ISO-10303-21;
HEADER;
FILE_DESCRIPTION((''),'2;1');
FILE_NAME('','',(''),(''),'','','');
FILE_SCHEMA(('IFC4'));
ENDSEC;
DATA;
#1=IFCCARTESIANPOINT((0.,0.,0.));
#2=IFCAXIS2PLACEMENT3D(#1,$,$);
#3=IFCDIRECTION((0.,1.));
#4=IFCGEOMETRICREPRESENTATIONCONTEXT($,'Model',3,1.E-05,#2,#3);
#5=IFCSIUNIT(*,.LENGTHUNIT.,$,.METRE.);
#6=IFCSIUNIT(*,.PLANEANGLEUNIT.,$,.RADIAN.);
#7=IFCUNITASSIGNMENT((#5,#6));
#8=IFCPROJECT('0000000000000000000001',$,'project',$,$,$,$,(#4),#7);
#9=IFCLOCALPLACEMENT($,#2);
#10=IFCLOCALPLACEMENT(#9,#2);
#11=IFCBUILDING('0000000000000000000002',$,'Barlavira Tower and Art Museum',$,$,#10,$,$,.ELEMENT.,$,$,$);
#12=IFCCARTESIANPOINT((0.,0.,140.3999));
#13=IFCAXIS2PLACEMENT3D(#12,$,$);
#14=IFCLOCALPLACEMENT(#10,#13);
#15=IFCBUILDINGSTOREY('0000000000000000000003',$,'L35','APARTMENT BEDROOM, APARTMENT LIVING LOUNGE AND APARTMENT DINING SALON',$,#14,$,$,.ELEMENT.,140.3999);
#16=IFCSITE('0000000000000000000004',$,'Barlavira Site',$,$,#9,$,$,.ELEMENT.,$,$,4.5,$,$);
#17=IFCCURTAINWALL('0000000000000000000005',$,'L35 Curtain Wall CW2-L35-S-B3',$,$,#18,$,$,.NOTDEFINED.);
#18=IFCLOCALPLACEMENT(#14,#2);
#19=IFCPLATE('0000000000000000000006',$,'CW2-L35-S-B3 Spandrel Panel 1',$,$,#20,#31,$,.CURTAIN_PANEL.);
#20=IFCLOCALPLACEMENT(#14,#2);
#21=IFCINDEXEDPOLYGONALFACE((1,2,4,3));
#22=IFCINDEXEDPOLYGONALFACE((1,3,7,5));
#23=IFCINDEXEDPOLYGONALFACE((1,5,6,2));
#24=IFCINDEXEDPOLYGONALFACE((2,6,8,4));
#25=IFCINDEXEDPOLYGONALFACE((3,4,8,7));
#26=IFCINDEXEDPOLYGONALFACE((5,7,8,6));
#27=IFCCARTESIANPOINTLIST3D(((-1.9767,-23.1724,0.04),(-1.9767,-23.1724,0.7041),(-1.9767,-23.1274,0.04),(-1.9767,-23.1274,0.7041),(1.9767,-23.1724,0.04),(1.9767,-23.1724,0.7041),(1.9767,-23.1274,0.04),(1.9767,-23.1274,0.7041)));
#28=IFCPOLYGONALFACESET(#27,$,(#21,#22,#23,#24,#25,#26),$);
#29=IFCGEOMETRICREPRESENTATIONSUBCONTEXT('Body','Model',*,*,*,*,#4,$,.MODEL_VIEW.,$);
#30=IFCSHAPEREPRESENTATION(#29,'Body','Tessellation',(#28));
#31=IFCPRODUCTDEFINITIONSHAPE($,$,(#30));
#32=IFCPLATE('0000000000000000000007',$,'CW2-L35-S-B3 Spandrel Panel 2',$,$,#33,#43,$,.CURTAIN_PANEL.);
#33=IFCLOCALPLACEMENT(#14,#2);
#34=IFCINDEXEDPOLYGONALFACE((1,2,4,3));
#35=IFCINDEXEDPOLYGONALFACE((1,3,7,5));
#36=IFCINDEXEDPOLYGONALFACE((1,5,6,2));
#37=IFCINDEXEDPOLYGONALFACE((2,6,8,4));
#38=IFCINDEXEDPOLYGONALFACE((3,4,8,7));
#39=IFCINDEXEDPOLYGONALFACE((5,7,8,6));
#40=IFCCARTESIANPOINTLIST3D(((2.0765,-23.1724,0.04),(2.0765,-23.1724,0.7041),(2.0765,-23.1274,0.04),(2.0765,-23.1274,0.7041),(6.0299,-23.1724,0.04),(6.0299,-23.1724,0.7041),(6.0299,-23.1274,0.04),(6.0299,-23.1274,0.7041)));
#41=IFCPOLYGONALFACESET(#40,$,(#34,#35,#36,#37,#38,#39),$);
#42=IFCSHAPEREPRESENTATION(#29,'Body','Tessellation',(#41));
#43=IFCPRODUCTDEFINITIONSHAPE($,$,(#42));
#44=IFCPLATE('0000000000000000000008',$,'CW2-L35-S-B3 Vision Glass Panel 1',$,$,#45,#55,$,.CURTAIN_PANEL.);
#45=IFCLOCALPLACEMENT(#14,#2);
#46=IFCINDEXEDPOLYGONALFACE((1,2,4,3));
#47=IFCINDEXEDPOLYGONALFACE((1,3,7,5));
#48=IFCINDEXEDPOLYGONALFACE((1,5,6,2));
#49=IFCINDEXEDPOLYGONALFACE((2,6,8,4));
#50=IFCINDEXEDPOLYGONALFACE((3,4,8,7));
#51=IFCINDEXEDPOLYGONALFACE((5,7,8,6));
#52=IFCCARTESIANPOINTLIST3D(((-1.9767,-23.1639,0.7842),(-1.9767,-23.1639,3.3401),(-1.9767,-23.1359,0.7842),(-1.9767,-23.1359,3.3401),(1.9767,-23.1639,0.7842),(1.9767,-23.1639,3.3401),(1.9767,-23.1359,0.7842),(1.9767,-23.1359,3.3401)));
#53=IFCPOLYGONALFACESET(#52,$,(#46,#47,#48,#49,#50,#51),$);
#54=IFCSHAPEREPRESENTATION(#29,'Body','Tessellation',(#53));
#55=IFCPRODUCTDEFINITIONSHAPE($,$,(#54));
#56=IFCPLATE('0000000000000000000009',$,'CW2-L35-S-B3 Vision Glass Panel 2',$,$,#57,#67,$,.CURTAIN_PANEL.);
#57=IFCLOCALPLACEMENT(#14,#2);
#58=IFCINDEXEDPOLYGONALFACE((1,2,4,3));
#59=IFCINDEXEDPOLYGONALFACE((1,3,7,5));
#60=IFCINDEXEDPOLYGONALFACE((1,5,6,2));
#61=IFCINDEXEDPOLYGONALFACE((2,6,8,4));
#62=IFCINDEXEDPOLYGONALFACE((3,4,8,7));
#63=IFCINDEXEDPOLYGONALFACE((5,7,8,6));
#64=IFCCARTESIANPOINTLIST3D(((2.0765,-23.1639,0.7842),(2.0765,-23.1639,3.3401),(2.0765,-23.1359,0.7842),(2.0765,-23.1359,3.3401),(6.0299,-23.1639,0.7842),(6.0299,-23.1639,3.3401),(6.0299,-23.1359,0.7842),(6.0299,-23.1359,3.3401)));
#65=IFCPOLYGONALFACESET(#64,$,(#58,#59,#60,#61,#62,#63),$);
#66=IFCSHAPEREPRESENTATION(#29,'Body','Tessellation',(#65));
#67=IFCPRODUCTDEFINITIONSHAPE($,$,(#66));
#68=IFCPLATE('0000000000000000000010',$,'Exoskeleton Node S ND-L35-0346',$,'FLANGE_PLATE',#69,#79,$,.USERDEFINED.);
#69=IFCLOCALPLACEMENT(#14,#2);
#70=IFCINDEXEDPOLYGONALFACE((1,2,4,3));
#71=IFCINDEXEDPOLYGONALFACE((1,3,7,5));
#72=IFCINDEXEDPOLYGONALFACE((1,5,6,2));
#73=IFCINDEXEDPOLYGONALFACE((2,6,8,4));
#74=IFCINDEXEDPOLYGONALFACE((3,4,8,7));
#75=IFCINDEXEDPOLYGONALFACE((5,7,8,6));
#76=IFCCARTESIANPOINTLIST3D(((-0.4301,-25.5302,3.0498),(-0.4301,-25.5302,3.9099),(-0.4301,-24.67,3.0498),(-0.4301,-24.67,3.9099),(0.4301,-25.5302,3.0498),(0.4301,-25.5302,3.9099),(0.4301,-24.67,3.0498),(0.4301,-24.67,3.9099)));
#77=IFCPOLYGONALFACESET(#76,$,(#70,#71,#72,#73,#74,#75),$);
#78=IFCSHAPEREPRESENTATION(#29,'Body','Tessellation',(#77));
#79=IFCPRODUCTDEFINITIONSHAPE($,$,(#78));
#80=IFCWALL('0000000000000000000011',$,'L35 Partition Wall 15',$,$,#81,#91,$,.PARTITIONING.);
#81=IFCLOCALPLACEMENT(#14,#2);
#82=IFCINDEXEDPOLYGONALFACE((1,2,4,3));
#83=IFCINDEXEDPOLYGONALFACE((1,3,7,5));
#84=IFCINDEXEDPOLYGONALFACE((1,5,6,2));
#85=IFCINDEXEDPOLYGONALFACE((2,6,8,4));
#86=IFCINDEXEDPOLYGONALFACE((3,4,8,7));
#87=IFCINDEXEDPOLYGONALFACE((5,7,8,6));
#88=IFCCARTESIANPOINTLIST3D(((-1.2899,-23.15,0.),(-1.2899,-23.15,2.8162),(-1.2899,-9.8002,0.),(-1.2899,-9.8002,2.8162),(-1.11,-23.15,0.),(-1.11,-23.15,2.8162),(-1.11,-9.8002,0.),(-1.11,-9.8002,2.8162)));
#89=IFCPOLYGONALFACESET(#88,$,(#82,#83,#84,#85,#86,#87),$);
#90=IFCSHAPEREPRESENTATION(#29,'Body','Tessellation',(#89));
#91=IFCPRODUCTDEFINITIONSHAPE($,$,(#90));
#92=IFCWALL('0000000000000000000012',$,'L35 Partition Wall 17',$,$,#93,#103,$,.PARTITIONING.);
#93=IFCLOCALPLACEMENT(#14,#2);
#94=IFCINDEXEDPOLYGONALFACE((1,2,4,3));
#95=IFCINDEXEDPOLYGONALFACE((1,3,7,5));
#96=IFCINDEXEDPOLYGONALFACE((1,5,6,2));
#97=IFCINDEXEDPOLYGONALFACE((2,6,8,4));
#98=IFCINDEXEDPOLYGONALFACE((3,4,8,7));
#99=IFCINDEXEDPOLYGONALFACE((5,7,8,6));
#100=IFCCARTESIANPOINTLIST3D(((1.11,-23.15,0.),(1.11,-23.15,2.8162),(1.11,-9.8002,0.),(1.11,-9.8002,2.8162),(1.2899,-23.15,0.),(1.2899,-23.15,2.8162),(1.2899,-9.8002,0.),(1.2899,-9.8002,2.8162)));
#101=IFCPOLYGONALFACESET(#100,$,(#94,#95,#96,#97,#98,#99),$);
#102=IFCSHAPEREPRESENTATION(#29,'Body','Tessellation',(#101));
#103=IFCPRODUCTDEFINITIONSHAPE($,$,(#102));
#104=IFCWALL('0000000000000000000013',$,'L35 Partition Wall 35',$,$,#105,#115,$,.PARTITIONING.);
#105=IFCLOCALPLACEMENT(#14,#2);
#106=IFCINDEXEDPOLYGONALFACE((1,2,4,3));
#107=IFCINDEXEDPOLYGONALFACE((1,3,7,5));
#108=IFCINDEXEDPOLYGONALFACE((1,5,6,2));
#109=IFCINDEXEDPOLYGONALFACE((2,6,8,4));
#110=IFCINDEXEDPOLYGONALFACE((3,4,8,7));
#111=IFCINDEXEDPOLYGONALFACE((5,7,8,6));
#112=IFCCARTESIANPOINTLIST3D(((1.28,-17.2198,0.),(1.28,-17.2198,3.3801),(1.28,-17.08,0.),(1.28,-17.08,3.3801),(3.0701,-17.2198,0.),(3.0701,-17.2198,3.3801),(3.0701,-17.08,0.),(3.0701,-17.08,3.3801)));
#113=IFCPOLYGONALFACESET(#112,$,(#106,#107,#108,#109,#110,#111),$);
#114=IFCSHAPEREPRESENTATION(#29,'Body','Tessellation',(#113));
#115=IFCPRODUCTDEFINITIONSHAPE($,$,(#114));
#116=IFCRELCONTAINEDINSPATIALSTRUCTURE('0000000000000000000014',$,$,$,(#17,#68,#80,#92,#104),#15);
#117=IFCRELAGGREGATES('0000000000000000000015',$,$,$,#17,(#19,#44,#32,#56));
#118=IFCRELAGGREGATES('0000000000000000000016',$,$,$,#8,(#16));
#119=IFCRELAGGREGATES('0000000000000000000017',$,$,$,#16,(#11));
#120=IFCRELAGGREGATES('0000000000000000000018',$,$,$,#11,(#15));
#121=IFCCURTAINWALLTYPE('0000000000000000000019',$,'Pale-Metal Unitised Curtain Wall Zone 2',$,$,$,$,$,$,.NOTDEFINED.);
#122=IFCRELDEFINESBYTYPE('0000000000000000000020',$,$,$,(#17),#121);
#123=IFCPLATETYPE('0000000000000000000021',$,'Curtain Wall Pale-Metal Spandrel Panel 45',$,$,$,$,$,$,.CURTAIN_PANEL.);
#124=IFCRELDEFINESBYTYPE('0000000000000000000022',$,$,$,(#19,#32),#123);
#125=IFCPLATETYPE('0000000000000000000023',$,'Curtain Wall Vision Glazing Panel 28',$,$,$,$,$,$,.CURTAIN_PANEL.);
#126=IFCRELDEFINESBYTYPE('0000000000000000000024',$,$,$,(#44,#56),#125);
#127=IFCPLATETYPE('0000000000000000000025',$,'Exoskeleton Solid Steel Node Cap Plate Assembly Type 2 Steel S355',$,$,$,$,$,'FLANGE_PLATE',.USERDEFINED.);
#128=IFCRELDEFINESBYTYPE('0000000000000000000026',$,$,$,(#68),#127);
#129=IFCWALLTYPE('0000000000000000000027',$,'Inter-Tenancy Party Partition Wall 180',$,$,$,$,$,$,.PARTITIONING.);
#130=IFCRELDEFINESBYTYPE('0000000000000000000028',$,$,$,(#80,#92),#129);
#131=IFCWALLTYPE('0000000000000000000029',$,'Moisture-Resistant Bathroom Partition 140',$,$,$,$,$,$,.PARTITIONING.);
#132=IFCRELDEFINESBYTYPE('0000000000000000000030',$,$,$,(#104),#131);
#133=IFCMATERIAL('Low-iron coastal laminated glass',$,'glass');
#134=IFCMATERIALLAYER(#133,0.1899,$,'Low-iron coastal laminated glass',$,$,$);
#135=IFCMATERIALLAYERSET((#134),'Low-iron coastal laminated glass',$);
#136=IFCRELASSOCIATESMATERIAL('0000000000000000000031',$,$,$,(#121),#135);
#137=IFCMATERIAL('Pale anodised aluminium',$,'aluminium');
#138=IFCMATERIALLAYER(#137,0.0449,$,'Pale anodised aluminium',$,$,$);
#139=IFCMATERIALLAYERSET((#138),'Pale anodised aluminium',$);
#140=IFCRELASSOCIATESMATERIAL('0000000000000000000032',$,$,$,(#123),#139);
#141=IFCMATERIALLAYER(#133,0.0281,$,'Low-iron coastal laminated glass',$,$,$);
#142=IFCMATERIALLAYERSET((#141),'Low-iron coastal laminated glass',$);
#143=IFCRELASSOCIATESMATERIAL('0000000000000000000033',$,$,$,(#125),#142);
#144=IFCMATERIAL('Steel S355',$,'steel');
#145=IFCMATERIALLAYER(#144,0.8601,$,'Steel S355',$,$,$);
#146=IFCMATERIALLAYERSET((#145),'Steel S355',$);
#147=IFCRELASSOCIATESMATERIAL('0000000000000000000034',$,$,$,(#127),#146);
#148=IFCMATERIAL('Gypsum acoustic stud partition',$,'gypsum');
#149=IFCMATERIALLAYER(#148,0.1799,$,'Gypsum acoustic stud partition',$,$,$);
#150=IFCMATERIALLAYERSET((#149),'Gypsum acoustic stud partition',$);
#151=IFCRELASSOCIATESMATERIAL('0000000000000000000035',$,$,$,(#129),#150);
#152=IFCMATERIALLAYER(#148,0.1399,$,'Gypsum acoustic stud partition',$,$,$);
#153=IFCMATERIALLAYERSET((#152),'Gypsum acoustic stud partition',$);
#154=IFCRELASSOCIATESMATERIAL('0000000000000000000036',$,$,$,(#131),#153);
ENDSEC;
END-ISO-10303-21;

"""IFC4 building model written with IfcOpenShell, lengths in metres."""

from ifc_helpers import new_model, si_unit, direction, frame, frame_2d, origin, origin_2d, place, context, subcontext, project, spatial, rectangle, extrude, material, layer, layer_set, type_object, element, aggregate, save


model = new_model("IFC4")

# Units and contexts
model_context = context("Model", 3, precision=1e-05, world=origin(), true_north=direction((0.0, 1.0)))
body_context = subcontext(model_context, "Body", "Model", "MODEL_VIEW")
ifc_project = project(units=[si_unit("LENGTHUNIT", "METRE"), si_unit("PLANEANGLEUNIT", "RADIAN")], contexts=[model_context])

# Site, building, storey
site_placement = place(None, origin())
site = spatial("IfcSite", under=ifc_project, at=site_placement, Name="Barlavira Site", CompositionType="ELEMENT", RefElevation=4.5)
building_placement = place(site_placement, origin())
building = spatial("IfcBuilding", under=site, at=building_placement, Name="Barlavira Tower and Art Museum", CompositionType="ELEMENT")
storey_placement = place(building_placement, frame((0.0, 0.0, 140.3999)))
storey = spatial("IfcBuildingStorey", under=building, at=storey_placement, Name="L35", Description="APARTMENT BEDROOM, APARTMENT LIVING LOUNGE AND APARTMENT DINING SALON", CompositionType="ELEMENT", Elevation=140.3999)

# Curtain wall
ifc_material_1 = material(Name="Low-iron coastal laminated glass", Category="glass")
ifc_layer_1 = layer(ifc_material_1, 0.1899, Name="Low-iron coastal laminated glass")
ifc_layer_set_1 = layer_set([ifc_layer_1], Name="Low-iron coastal laminated glass")
curtain_wall_type = type_object("IfcCurtainWallType", Name="Pale-Metal Unitised Curtain Wall Zone 2", PredefinedType="NOTDEFINED", material=ifc_layer_set_1)
curtain_wall_placement = place(storey_placement, origin())
curtain_wall = element("IfcCurtainWall", 1, at=curtain_wall_placement, inside=storey, type_object=curtain_wall_type, Name="L35 Curtain Wall CW2-L35-S-B3", PredefinedType="NOTDEFINED")
ifc_material_2 = material(Name="Pale anodised aluminium", Category="aluminium")

# Shared definitions
ifc_material_3 = material(Name="Steel S355", Category="steel")

# Plates
ifc_layer_2 = layer(ifc_material_2, 0.0449, Name="Pale anodised aluminium")
ifc_layer_set_2 = layer_set([ifc_layer_2], Name="Pale anodised aluminium")
plate_type_1 = type_object("IfcPlateType", Name="Curtain Wall Pale-Metal Spandrel Panel 45", PredefinedType="CURTAIN_PANEL", material=ifc_layer_set_2)
plate_1_placement = place(storey_placement, frame((0.0, -23.1499, 0.04), z_axis=(0.0, 0.0, 1.0), x_axis=(1.0, 0.0, 0.0)))
plate_1 = element("IfcPlate", 2, at=plate_1_placement, type_object=plate_type_1, Name="CW2-L35-S-B3 Spandrel Panel 1", PredefinedType="CURTAIN_PANEL", context=body_context, shape_type="SweptSolid", body=[
    extrude(rectangle(XDim=3.9534, YDim=0.0449, at=origin_2d()), origin(), (0.0, 0.0, 1.0), 0.6641),
])
plate_2_placement = place(storey_placement, frame((4.0532, -23.1499, 0.04), z_axis=(0.0, 0.0, 1.0), x_axis=(1.0, 0.0, 0.0)))
plate_2 = element("IfcPlate", 3, at=plate_2_placement, type_object=plate_type_1, Name="CW2-L35-S-B3 Spandrel Panel 2", PredefinedType="CURTAIN_PANEL", context=body_context, shape_type="SweptSolid", body=[
    extrude(rectangle(XDim=3.9534, YDim=0.0449, at=origin_2d()), origin(), (0.0, 0.0, 1.0), 0.6641),
])
ifc_layer_3 = layer(ifc_material_1, 0.0281, Name="Low-iron coastal laminated glass")
ifc_layer_set_3 = layer_set([ifc_layer_3], Name="Low-iron coastal laminated glass")
plate_type_2 = type_object("IfcPlateType", Name="Curtain Wall Vision Glazing Panel 28", PredefinedType="CURTAIN_PANEL", material=ifc_layer_set_3)
plate_3_placement = place(storey_placement, frame((0.0, -23.1499, 0.7842), z_axis=(0.0, 0.0, 1.0), x_axis=(1.0, 0.0, 0.0)))
plate_3 = element("IfcPlate", 4, at=plate_3_placement, type_object=plate_type_2, Name="CW2-L35-S-B3 Vision Glass Panel 1", PredefinedType="CURTAIN_PANEL", context=body_context, shape_type="SweptSolid", body=[
    extrude(rectangle(XDim=3.9534, YDim=0.0281, at=origin_2d()), origin(), (0.0, 0.0, 1.0), 2.5559),
])
plate_4_placement = place(storey_placement, frame((4.0532, -23.1499, 0.7842), z_axis=(0.0, 0.0, 1.0), x_axis=(1.0, 0.0, 0.0)))
plate_4 = element("IfcPlate", 5, at=plate_4_placement, type_object=plate_type_2, Name="CW2-L35-S-B3 Vision Glass Panel 2", PredefinedType="CURTAIN_PANEL", context=body_context, shape_type="SweptSolid", body=[
    extrude(rectangle(XDim=3.9534, YDim=0.0281, at=origin_2d()), origin(), (0.0, 0.0, 1.0), 2.5559),
])
aggregate(curtain_wall, [plate_1, plate_3, plate_2, plate_4])
ifc_layer_4 = layer(ifc_material_3, 0.8601, Name="Steel S355")
ifc_layer_set_4 = layer_set([ifc_layer_4], Name="Steel S355")
plate_type_3 = type_object("IfcPlateType", Name="Exoskeleton Solid Steel Node Cap Plate Assembly Type 2 Steel S355", ElementType="FLANGE_PLATE", PredefinedType="USERDEFINED", material=ifc_layer_set_4)
plate_5_placement = place(storey_placement, frame((0.0, -25.1001, 3.0498), z_axis=(0.0, 0.0, 1.0), x_axis=(1.0, 0.0, 0.0)))
element("IfcPlate", 6, at=plate_5_placement, inside=storey, type_object=plate_type_3, Name="Exoskeleton Node S ND-L35-0346", ObjectType="FLANGE_PLATE", PredefinedType="USERDEFINED", context=body_context, shape_type="SweptSolid", body=[
    extrude(rectangle(XDim=0.8601, YDim=0.8601, at=origin_2d()), origin(), (0.0, 0.0, 1.0), 0.8601),
])

# Walls
ifc_material_4 = material(Name="Gypsum acoustic stud partition", Category="gypsum")
ifc_layer_5 = layer(ifc_material_4, 0.1799, Name="Gypsum acoustic stud partition")
ifc_layer_set_5 = layer_set([ifc_layer_5], Name="Gypsum acoustic stud partition")
wall_type_1 = type_object("IfcWallType", Name="Inter-Tenancy Party Partition Wall 180", PredefinedType="PARTITIONING", material=ifc_layer_set_5)
for number, where, z_axis, x_axis, name in (
    (7, (-1.2, -23.1499, 0.0), (0.0, 0.0, 1.0), (0.0, 1.0, 0.0), "L35 Partition Wall 15"),
    (8, (1.2, -23.1499, 0.0), (0.0, 0.0, 1.0), (0.0, 1.0, 0.0), "L35 Partition Wall 17"),
):
    element("IfcWall", number, at=place(storey_placement, frame(where, z_axis=z_axis, x_axis=x_axis)), inside=storey, type_object=wall_type_1, Name=name, PredefinedType="PARTITIONING", context=body_context, shape_type="SweptSolid", body=[
        extrude(rectangle(XDim=13.3499, YDim=0.1799, at=frame_2d((6.6748, 0.0))), origin(), (0.0, 0.0, 1.0), 2.8162),
    ])

# Wall
ifc_layer_6 = layer(ifc_material_4, 0.1399, Name="Gypsum acoustic stud partition")
ifc_layer_set_6 = layer_set([ifc_layer_6], Name="Gypsum acoustic stud partition")
wall_type_2 = type_object("IfcWallType", Name="Moisture-Resistant Bathroom Partition 140", PredefinedType="PARTITIONING", material=ifc_layer_set_6)
wall_1_placement = place(storey_placement, frame((1.28, -17.1499, 0.0), z_axis=(0.0, 0.0, 1.0), x_axis=(1.0, 0.0, 0.0)))
element("IfcWall", 9, at=wall_1_placement, inside=storey, type_object=wall_type_2, Name="L35 Partition Wall 35", PredefinedType="PARTITIONING", context=body_context, shape_type="SweptSolid", body=[
    extrude(rectangle(XDim=1.79, YDim=0.1399, at=frame_2d((0.895, 0.0))), origin(), (0.0, 0.0, 1.0), 3.3801),
])

save(model, "model.ifc")
